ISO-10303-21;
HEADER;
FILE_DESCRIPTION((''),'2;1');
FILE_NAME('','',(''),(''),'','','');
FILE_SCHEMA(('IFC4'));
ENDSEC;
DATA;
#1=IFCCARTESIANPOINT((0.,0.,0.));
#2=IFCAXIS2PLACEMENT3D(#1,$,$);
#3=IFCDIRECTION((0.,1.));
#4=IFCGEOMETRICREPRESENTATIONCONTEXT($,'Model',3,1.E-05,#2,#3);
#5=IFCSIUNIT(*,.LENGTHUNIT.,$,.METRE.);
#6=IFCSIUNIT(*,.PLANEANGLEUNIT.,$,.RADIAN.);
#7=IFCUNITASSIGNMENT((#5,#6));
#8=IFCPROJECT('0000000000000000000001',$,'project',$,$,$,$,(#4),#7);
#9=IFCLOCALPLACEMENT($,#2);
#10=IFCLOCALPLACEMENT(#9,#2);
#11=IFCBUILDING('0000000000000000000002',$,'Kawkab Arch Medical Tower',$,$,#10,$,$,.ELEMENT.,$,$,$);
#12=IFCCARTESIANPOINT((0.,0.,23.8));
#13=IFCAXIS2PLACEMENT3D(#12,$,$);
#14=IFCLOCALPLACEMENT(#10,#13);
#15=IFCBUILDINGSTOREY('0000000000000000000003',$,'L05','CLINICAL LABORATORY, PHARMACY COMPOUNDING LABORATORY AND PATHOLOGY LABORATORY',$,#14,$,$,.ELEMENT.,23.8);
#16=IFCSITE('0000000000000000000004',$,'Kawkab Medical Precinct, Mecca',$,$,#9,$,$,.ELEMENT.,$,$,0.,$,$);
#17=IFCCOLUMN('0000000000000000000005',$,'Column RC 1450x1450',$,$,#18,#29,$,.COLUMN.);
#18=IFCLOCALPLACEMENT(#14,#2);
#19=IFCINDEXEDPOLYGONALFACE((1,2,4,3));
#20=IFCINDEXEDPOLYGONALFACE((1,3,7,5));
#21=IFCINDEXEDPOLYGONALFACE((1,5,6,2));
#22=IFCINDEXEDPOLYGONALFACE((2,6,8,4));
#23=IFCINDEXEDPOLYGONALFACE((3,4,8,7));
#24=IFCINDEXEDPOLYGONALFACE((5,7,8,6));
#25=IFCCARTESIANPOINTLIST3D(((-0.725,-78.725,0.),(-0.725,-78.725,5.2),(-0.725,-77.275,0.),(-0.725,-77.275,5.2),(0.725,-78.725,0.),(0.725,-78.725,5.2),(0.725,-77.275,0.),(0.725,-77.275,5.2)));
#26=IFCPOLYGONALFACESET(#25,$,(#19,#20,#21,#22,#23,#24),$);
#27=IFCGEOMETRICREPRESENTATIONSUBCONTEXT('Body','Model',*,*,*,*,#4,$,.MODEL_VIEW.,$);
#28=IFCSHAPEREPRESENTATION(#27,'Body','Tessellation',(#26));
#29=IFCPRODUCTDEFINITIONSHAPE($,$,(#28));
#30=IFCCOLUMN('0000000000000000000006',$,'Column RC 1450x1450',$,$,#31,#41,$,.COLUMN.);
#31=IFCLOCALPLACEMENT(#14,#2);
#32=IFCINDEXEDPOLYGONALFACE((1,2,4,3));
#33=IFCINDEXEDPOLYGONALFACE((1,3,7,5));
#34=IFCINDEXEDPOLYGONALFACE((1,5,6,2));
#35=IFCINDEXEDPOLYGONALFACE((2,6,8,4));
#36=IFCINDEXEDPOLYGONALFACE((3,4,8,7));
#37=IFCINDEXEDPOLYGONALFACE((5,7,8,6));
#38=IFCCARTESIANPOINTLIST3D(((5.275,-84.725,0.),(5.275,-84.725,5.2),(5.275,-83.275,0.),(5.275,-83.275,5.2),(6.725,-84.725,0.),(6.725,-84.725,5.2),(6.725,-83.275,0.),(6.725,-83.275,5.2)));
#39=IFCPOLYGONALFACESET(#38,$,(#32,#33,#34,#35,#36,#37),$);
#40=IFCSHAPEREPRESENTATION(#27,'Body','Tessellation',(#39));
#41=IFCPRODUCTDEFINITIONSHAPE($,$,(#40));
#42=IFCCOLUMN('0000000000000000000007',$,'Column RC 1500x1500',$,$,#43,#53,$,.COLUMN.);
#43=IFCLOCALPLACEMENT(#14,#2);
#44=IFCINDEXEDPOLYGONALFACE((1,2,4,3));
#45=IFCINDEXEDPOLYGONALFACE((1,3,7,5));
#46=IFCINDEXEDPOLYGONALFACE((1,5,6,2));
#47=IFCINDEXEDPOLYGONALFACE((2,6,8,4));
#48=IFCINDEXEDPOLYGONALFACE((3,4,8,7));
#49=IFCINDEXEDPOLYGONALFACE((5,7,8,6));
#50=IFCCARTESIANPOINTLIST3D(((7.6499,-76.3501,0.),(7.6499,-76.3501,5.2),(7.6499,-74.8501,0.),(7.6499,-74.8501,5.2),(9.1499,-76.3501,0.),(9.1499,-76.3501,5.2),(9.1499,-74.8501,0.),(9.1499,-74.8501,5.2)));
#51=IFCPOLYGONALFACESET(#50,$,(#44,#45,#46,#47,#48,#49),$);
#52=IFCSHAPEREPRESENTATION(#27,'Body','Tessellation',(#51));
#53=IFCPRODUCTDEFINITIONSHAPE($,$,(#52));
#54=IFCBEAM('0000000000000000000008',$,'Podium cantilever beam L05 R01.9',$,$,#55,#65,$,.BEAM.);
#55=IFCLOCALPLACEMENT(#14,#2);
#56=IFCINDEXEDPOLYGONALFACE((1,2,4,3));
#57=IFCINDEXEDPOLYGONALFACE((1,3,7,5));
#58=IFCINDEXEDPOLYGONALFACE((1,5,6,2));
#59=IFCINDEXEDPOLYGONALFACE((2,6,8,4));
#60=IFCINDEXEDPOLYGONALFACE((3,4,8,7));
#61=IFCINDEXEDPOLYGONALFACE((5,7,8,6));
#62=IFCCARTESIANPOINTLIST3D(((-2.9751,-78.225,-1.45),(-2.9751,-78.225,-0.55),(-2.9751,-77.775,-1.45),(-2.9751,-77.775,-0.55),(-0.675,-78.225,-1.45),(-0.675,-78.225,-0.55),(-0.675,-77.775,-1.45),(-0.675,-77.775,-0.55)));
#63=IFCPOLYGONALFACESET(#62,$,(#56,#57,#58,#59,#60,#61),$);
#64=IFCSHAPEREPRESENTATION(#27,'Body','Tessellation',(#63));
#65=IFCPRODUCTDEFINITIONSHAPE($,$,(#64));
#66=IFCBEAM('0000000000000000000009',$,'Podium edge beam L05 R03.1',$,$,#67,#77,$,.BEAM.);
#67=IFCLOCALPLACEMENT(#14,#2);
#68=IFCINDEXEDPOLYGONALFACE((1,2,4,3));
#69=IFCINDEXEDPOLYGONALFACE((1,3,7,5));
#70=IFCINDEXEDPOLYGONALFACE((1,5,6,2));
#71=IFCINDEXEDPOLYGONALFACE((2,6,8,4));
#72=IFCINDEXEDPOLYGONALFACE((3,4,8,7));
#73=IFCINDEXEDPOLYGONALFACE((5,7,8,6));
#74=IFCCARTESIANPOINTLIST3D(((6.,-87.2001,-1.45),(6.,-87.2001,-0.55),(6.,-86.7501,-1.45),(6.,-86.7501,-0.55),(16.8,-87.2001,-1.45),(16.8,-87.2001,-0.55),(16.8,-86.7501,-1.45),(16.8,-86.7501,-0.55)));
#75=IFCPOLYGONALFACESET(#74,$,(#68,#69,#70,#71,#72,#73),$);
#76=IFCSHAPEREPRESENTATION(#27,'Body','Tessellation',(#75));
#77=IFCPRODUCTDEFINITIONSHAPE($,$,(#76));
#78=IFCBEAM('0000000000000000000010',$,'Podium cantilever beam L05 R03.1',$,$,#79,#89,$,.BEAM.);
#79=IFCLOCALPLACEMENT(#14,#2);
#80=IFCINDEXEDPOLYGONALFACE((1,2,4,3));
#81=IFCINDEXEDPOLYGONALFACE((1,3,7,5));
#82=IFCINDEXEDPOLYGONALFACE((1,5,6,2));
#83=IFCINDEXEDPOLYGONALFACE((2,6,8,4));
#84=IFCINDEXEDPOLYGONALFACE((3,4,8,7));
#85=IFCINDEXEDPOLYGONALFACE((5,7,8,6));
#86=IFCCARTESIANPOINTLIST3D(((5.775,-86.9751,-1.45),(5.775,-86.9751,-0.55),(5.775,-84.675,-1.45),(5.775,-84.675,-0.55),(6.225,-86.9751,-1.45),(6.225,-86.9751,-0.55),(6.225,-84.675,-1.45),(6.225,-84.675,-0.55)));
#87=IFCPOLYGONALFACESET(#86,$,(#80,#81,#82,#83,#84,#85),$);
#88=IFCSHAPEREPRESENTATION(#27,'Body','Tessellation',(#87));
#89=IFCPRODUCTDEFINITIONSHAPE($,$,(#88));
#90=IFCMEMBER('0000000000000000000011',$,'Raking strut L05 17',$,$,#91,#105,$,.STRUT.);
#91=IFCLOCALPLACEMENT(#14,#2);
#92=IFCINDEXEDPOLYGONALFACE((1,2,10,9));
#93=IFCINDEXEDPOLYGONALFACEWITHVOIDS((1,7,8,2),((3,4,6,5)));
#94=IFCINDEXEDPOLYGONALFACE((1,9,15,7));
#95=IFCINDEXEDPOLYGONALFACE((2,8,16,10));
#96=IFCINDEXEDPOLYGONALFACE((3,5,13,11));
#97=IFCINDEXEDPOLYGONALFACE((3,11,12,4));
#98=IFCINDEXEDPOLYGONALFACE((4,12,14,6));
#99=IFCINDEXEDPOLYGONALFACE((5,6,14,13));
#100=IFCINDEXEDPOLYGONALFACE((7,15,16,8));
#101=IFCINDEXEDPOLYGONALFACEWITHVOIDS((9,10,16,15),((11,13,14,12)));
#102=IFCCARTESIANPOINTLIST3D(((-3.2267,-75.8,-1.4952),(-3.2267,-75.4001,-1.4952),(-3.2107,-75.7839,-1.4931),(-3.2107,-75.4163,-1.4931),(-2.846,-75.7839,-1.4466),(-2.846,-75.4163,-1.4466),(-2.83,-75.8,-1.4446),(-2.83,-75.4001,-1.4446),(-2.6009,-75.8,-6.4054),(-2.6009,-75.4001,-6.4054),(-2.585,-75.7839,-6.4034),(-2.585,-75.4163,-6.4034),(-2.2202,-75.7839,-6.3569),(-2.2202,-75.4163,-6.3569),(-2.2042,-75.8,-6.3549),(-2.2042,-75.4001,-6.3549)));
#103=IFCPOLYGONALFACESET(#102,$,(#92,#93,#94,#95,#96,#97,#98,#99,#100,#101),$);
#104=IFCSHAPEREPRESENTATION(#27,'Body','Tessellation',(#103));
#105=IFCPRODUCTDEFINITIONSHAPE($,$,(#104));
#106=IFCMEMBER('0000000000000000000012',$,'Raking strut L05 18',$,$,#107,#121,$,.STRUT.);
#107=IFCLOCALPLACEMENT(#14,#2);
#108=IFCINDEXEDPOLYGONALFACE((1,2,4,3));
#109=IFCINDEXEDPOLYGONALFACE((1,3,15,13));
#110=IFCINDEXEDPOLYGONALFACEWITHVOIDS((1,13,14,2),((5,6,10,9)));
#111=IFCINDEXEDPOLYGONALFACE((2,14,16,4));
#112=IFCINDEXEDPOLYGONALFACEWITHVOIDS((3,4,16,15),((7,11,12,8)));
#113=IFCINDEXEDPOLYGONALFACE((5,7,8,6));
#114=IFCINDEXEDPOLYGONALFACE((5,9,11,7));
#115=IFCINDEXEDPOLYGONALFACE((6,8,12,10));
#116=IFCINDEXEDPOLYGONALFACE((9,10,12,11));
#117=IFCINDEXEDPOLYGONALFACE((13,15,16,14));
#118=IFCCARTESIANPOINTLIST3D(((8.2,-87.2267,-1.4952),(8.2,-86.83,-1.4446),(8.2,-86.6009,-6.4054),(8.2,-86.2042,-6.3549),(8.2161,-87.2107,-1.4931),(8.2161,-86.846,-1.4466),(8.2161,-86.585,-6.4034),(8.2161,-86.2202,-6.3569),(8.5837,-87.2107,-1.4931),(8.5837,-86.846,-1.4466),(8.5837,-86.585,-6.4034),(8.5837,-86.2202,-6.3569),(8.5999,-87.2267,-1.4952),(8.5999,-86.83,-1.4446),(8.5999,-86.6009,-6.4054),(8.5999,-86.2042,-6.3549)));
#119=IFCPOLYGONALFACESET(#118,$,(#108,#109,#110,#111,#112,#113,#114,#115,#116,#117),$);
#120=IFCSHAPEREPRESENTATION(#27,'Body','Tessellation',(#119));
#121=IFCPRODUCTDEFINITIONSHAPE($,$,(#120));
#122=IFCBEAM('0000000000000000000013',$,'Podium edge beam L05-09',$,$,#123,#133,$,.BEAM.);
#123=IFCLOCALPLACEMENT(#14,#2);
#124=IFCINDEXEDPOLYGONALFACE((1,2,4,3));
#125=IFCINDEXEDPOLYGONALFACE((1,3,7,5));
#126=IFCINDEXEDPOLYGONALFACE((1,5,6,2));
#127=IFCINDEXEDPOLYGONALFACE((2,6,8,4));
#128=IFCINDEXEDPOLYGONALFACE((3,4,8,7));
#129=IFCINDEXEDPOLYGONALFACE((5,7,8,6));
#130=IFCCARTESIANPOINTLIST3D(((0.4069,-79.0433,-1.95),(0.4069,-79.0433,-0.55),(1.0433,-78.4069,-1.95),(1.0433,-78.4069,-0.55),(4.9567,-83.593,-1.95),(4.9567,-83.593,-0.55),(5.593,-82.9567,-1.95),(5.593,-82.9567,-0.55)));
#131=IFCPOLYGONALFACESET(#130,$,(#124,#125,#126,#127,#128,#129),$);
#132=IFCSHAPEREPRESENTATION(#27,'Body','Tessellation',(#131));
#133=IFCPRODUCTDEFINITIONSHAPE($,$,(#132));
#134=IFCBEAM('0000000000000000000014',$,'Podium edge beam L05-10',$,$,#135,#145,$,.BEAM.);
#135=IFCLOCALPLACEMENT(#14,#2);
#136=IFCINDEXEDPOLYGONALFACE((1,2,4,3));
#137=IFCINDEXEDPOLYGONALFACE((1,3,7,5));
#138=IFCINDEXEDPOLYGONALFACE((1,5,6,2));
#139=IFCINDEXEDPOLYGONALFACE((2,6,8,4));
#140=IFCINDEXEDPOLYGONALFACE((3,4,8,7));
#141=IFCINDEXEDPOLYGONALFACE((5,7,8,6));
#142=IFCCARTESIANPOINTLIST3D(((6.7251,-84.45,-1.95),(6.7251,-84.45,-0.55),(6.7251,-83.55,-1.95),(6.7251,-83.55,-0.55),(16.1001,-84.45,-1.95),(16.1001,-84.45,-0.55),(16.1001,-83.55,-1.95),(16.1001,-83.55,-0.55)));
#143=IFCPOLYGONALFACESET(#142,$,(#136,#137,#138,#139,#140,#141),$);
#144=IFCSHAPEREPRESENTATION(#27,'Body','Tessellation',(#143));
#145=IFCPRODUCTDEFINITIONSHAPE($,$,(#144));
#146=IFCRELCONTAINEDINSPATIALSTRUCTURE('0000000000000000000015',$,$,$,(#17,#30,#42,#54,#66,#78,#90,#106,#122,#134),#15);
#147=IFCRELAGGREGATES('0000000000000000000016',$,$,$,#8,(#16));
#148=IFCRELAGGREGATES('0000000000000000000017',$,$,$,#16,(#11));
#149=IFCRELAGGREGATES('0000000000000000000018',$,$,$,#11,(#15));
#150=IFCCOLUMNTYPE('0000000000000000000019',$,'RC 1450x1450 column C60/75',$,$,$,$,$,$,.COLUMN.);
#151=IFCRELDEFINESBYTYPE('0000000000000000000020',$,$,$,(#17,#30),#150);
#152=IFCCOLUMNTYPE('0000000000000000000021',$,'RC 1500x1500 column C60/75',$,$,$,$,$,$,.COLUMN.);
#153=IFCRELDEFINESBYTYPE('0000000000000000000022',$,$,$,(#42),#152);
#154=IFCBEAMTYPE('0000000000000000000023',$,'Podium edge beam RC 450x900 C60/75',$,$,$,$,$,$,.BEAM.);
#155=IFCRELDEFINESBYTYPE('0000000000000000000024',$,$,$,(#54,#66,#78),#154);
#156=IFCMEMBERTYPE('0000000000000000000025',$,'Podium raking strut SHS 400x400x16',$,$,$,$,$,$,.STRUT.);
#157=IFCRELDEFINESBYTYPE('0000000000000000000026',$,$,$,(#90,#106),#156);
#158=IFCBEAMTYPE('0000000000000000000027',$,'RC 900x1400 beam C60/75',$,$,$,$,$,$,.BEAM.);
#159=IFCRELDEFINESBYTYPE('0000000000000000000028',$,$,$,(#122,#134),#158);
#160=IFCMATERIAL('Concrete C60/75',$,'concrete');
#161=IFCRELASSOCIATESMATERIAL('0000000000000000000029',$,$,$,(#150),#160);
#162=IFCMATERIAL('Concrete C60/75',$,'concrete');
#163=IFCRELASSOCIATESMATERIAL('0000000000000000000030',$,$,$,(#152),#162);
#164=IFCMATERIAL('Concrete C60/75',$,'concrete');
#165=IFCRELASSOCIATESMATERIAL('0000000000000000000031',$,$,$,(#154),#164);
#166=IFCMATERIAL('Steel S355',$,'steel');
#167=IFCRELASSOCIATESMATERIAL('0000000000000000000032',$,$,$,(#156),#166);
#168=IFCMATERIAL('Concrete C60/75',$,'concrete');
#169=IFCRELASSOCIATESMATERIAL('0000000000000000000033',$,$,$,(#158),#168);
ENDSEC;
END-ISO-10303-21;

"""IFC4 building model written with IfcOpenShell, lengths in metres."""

from ifc_helpers import new_model, si_unit, direction, frame, origin, origin_2d, place, context, subcontext, project, spatial, rectangle, hollow_rectangle, extrude, material, material_profile, profile_set, type_object, element, save


model = new_model("IFC4")

# Units and contexts
model_context = context("Model", 3, precision=1e-05, world=origin(), true_north=direction((0.0, 1.0)))
body_context = subcontext(model_context, "Body", "Model", "MODEL_VIEW")
ifc_project = project(units=[si_unit("LENGTHUNIT", "METRE"), si_unit("PLANEANGLEUNIT", "RADIAN")], contexts=[model_context])

# Site, building, storey
site_placement = place(None, origin())
site = spatial("IfcSite", under=ifc_project, at=site_placement, Name="Kawkab Medical Precinct, Mecca", CompositionType="ELEMENT", RefElevation=0.0)
building_placement = place(site_placement, origin())
building = spatial("IfcBuilding", under=site, at=building_placement, Name="Kawkab Arch Medical Tower", CompositionType="ELEMENT")
storey_placement = place(building_placement, frame((0.0, 0.0, 23.8)))
storey = spatial("IfcBuildingStorey", under=building, at=storey_placement, Name="L05", Description="CLINICAL LABORATORY, PHARMACY COMPOUNDING LABORATORY AND PATHOLOGY LABORATORY", CompositionType="ELEMENT", Elevation=23.8)

# Columns
ifc_material_1 = material(Name="Concrete C60/75", Category="concrete")
ifc_material_profile_1 = material_profile(ifc_material_1, rectangle(XDim=1.45, YDim=1.45, at=origin_2d()), Name="RC 1450x1450")
ifc_profile_set_1 = profile_set([ifc_material_profile_1], Name="Concrete C60/75")
column_type_1 = type_object("IfcColumnType", Name="RC 1450x1450 column C60/75", PredefinedType="COLUMN", material=ifc_profile_set_1)
for number, where, z_axis, x_axis, name in (
    (1, (0.0, -78.0, 0.0), (0.0, 0.0, 1.0), (1.0, 0.0, 0.0), "Column RC 1450x1450"),
    (2, (6.0, -84.0, 0.0), (0.0, 0.0, 1.0), (1.0, 0.0, 0.0), "Column RC 1450x1450"),
):
    element("IfcColumn", number, at=place(storey_placement, frame(where, z_axis=z_axis, x_axis=x_axis)), inside=storey, type_object=column_type_1, Name=name, PredefinedType="COLUMN", context=body_context, shape_type="SweptSolid", body=[
        extrude(rectangle(XDim=1.45, YDim=1.45, at=origin_2d()), origin(), (0.0, 0.0, 1.0), 5.2),
    ])
ifc_material_2 = material(Name="Concrete C60/75", Category="concrete")
ifc_material_profile_2 = material_profile(ifc_material_2, rectangle(XDim=1.5, YDim=1.5, at=origin_2d()), Name="RC 1500x1500")
ifc_profile_set_2 = profile_set([ifc_material_profile_2], Name="Concrete C60/75")
column_type_2 = type_object("IfcColumnType", Name="RC 1500x1500 column C60/75", PredefinedType="COLUMN", material=ifc_profile_set_2)
column_placement = place(storey_placement, frame((8.3999, -75.6001, 0.0), z_axis=(0.0, 0.0, 1.0), x_axis=(1.0, 0.0, 0.0)))
element("IfcColumn", 3, at=column_placement, inside=storey, type_object=column_type_2, Name="Column RC 1500x1500", PredefinedType="COLUMN", context=body_context, shape_type="SweptSolid", body=[
    extrude(rectangle(XDim=1.5, YDim=1.5, at=origin_2d()), origin(), (0.0, 0.0, 1.0), 5.2),
])

# Beams
ifc_material_3 = material(Name="Concrete C60/75", Category="concrete")
ifc_material_profile_3 = material_profile(ifc_material_3, rectangle(XDim=0.45, YDim=0.8999, at=origin_2d()), Name="RC 450x900")
ifc_profile_set_3 = profile_set([ifc_material_profile_3], Name="Concrete C60/75")
beam_type_1 = type_object("IfcBeamType", Name="Podium edge beam RC 450x900 C60/75", PredefinedType="BEAM", material=ifc_profile_set_3)
beam_1_placement = place(storey_placement, frame((-0.675, -78.0, -1.0), z_axis=(-1.0, 0.0, 0.0), x_axis=(0.0, -1.0, 0.0)))
element("IfcBeam", 4, at=beam_1_placement, inside=storey, type_object=beam_type_1, Name="Podium cantilever beam L05 R01.9", PredefinedType="BEAM", context=body_context, shape_type="SweptSolid", body=[
    extrude(rectangle(XDim=0.45, YDim=0.8999, at=origin_2d()), origin(), (0.0, 0.0, 1.0), 2.3),
])
beam_2_placement = place(storey_placement, frame((6.0, -86.9751, -1.0), z_axis=(1.0, 0.0, 0.0), x_axis=(0.0, 1.0, 0.0)))
element("IfcBeam", 5, at=beam_2_placement, inside=storey, type_object=beam_type_1, Name="Podium edge beam L05 R03.1", PredefinedType="BEAM", context=body_context, shape_type="SweptSolid", body=[
    extrude(rectangle(XDim=0.45, YDim=0.8999, at=origin_2d()), origin(), (0.0, 0.0, 1.0), 10.8),
])
beam_3_placement = place(storey_placement, frame((6.0, -84.675, -1.0), z_axis=(0.0, -1.0, 0.0), x_axis=(1.0, 0.0, 0.0)))
element("IfcBeam", 6, at=beam_3_placement, inside=storey, type_object=beam_type_1, Name="Podium cantilever beam L05 R03.1", PredefinedType="BEAM", context=body_context, shape_type="SweptSolid", body=[
    extrude(rectangle(XDim=0.45, YDim=0.8999, at=origin_2d()), origin(), (0.0, 0.0, 1.0), 2.3),
])

# Members
ifc_material_4 = material(Name="Steel S355", Category="steel")
ifc_material_profile_4 = material_profile(ifc_material_4, hollow_rectangle(XDim=0.3999, YDim=0.3999, WallThickness=0.0161, at=origin_2d()), Name="SHS 400x400x16")
ifc_profile_set_4 = profile_set([ifc_material_profile_4], Name="Steel S355")
member_type = type_object("IfcMemberType", Name="Podium raking strut SHS 400x400x16", PredefinedType="STRUT", material=ifc_profile_set_4)
for number, where, z_axis, x_axis, name in (
    (7, (-2.4026, -75.6001, -6.3801), (-0.126414, 0.0, 0.991978), (0.0, -1.0, 0.0), "Raking strut L05 17"),
    (8, (8.3999, -86.4026, -6.3801), (0.0, -0.126414, 0.991978), (1.0, 0.0, 0.0), "Raking strut L05 18"),
):
    element("IfcMember", number, at=place(storey_placement, frame(where, z_axis=z_axis, x_axis=x_axis)), inside=storey, type_object=member_type, Name=name, PredefinedType="STRUT", context=body_context, shape_type="SweptSolid", body=[
        extrude(hollow_rectangle(XDim=0.3999, YDim=0.3999, WallThickness=0.0161, at=origin_2d()), origin(), (0.0, 0.0, 1.0), 4.95),
    ])

# Beams
ifc_material_5 = material(Name="Concrete C60/75", Category="concrete")
ifc_material_profile_5 = material_profile(ifc_material_5, rectangle(XDim=0.8999, YDim=1.3999, at=origin_2d()), Name="RC 900x1400")
ifc_profile_set_5 = profile_set([ifc_material_profile_5], Name="Concrete C60/75")
beam_type_2 = type_object("IfcBeamType", Name="RC 900x1400 beam C60/75", PredefinedType="BEAM", material=ifc_profile_set_5)
beam_4_placement = place(storey_placement, frame((0.7251, -78.7251, -1.25), z_axis=(0.707107, -0.707107, 0.0), x_axis=(0.707107, 0.707107, 0.0)))
element("IfcBeam", 9, at=beam_4_placement, inside=storey, type_object=beam_type_2, Name="Podium edge beam L05-09", PredefinedType="BEAM", context=body_context, shape_type="SweptSolid", body=[
    extrude(rectangle(XDim=0.8999, YDim=1.3999, at=origin_2d()), origin(), (0.0, 0.0, 1.0), 6.4343),
])
beam_5_placement = place(storey_placement, frame((6.7251, -84.0, -1.25), z_axis=(1.0, 0.0, 0.0), x_axis=(0.0, 1.0, 0.0)))
element("IfcBeam", 10, at=beam_5_placement, inside=storey, type_object=beam_type_2, Name="Podium edge beam L05-10", PredefinedType="BEAM", context=body_context, shape_type="SweptSolid", body=[
    extrude(rectangle(XDim=0.8999, YDim=1.3999, at=origin_2d()), origin(), (0.0, 0.0, 1.0), 9.375),
])

save(model, "model.ifc")
